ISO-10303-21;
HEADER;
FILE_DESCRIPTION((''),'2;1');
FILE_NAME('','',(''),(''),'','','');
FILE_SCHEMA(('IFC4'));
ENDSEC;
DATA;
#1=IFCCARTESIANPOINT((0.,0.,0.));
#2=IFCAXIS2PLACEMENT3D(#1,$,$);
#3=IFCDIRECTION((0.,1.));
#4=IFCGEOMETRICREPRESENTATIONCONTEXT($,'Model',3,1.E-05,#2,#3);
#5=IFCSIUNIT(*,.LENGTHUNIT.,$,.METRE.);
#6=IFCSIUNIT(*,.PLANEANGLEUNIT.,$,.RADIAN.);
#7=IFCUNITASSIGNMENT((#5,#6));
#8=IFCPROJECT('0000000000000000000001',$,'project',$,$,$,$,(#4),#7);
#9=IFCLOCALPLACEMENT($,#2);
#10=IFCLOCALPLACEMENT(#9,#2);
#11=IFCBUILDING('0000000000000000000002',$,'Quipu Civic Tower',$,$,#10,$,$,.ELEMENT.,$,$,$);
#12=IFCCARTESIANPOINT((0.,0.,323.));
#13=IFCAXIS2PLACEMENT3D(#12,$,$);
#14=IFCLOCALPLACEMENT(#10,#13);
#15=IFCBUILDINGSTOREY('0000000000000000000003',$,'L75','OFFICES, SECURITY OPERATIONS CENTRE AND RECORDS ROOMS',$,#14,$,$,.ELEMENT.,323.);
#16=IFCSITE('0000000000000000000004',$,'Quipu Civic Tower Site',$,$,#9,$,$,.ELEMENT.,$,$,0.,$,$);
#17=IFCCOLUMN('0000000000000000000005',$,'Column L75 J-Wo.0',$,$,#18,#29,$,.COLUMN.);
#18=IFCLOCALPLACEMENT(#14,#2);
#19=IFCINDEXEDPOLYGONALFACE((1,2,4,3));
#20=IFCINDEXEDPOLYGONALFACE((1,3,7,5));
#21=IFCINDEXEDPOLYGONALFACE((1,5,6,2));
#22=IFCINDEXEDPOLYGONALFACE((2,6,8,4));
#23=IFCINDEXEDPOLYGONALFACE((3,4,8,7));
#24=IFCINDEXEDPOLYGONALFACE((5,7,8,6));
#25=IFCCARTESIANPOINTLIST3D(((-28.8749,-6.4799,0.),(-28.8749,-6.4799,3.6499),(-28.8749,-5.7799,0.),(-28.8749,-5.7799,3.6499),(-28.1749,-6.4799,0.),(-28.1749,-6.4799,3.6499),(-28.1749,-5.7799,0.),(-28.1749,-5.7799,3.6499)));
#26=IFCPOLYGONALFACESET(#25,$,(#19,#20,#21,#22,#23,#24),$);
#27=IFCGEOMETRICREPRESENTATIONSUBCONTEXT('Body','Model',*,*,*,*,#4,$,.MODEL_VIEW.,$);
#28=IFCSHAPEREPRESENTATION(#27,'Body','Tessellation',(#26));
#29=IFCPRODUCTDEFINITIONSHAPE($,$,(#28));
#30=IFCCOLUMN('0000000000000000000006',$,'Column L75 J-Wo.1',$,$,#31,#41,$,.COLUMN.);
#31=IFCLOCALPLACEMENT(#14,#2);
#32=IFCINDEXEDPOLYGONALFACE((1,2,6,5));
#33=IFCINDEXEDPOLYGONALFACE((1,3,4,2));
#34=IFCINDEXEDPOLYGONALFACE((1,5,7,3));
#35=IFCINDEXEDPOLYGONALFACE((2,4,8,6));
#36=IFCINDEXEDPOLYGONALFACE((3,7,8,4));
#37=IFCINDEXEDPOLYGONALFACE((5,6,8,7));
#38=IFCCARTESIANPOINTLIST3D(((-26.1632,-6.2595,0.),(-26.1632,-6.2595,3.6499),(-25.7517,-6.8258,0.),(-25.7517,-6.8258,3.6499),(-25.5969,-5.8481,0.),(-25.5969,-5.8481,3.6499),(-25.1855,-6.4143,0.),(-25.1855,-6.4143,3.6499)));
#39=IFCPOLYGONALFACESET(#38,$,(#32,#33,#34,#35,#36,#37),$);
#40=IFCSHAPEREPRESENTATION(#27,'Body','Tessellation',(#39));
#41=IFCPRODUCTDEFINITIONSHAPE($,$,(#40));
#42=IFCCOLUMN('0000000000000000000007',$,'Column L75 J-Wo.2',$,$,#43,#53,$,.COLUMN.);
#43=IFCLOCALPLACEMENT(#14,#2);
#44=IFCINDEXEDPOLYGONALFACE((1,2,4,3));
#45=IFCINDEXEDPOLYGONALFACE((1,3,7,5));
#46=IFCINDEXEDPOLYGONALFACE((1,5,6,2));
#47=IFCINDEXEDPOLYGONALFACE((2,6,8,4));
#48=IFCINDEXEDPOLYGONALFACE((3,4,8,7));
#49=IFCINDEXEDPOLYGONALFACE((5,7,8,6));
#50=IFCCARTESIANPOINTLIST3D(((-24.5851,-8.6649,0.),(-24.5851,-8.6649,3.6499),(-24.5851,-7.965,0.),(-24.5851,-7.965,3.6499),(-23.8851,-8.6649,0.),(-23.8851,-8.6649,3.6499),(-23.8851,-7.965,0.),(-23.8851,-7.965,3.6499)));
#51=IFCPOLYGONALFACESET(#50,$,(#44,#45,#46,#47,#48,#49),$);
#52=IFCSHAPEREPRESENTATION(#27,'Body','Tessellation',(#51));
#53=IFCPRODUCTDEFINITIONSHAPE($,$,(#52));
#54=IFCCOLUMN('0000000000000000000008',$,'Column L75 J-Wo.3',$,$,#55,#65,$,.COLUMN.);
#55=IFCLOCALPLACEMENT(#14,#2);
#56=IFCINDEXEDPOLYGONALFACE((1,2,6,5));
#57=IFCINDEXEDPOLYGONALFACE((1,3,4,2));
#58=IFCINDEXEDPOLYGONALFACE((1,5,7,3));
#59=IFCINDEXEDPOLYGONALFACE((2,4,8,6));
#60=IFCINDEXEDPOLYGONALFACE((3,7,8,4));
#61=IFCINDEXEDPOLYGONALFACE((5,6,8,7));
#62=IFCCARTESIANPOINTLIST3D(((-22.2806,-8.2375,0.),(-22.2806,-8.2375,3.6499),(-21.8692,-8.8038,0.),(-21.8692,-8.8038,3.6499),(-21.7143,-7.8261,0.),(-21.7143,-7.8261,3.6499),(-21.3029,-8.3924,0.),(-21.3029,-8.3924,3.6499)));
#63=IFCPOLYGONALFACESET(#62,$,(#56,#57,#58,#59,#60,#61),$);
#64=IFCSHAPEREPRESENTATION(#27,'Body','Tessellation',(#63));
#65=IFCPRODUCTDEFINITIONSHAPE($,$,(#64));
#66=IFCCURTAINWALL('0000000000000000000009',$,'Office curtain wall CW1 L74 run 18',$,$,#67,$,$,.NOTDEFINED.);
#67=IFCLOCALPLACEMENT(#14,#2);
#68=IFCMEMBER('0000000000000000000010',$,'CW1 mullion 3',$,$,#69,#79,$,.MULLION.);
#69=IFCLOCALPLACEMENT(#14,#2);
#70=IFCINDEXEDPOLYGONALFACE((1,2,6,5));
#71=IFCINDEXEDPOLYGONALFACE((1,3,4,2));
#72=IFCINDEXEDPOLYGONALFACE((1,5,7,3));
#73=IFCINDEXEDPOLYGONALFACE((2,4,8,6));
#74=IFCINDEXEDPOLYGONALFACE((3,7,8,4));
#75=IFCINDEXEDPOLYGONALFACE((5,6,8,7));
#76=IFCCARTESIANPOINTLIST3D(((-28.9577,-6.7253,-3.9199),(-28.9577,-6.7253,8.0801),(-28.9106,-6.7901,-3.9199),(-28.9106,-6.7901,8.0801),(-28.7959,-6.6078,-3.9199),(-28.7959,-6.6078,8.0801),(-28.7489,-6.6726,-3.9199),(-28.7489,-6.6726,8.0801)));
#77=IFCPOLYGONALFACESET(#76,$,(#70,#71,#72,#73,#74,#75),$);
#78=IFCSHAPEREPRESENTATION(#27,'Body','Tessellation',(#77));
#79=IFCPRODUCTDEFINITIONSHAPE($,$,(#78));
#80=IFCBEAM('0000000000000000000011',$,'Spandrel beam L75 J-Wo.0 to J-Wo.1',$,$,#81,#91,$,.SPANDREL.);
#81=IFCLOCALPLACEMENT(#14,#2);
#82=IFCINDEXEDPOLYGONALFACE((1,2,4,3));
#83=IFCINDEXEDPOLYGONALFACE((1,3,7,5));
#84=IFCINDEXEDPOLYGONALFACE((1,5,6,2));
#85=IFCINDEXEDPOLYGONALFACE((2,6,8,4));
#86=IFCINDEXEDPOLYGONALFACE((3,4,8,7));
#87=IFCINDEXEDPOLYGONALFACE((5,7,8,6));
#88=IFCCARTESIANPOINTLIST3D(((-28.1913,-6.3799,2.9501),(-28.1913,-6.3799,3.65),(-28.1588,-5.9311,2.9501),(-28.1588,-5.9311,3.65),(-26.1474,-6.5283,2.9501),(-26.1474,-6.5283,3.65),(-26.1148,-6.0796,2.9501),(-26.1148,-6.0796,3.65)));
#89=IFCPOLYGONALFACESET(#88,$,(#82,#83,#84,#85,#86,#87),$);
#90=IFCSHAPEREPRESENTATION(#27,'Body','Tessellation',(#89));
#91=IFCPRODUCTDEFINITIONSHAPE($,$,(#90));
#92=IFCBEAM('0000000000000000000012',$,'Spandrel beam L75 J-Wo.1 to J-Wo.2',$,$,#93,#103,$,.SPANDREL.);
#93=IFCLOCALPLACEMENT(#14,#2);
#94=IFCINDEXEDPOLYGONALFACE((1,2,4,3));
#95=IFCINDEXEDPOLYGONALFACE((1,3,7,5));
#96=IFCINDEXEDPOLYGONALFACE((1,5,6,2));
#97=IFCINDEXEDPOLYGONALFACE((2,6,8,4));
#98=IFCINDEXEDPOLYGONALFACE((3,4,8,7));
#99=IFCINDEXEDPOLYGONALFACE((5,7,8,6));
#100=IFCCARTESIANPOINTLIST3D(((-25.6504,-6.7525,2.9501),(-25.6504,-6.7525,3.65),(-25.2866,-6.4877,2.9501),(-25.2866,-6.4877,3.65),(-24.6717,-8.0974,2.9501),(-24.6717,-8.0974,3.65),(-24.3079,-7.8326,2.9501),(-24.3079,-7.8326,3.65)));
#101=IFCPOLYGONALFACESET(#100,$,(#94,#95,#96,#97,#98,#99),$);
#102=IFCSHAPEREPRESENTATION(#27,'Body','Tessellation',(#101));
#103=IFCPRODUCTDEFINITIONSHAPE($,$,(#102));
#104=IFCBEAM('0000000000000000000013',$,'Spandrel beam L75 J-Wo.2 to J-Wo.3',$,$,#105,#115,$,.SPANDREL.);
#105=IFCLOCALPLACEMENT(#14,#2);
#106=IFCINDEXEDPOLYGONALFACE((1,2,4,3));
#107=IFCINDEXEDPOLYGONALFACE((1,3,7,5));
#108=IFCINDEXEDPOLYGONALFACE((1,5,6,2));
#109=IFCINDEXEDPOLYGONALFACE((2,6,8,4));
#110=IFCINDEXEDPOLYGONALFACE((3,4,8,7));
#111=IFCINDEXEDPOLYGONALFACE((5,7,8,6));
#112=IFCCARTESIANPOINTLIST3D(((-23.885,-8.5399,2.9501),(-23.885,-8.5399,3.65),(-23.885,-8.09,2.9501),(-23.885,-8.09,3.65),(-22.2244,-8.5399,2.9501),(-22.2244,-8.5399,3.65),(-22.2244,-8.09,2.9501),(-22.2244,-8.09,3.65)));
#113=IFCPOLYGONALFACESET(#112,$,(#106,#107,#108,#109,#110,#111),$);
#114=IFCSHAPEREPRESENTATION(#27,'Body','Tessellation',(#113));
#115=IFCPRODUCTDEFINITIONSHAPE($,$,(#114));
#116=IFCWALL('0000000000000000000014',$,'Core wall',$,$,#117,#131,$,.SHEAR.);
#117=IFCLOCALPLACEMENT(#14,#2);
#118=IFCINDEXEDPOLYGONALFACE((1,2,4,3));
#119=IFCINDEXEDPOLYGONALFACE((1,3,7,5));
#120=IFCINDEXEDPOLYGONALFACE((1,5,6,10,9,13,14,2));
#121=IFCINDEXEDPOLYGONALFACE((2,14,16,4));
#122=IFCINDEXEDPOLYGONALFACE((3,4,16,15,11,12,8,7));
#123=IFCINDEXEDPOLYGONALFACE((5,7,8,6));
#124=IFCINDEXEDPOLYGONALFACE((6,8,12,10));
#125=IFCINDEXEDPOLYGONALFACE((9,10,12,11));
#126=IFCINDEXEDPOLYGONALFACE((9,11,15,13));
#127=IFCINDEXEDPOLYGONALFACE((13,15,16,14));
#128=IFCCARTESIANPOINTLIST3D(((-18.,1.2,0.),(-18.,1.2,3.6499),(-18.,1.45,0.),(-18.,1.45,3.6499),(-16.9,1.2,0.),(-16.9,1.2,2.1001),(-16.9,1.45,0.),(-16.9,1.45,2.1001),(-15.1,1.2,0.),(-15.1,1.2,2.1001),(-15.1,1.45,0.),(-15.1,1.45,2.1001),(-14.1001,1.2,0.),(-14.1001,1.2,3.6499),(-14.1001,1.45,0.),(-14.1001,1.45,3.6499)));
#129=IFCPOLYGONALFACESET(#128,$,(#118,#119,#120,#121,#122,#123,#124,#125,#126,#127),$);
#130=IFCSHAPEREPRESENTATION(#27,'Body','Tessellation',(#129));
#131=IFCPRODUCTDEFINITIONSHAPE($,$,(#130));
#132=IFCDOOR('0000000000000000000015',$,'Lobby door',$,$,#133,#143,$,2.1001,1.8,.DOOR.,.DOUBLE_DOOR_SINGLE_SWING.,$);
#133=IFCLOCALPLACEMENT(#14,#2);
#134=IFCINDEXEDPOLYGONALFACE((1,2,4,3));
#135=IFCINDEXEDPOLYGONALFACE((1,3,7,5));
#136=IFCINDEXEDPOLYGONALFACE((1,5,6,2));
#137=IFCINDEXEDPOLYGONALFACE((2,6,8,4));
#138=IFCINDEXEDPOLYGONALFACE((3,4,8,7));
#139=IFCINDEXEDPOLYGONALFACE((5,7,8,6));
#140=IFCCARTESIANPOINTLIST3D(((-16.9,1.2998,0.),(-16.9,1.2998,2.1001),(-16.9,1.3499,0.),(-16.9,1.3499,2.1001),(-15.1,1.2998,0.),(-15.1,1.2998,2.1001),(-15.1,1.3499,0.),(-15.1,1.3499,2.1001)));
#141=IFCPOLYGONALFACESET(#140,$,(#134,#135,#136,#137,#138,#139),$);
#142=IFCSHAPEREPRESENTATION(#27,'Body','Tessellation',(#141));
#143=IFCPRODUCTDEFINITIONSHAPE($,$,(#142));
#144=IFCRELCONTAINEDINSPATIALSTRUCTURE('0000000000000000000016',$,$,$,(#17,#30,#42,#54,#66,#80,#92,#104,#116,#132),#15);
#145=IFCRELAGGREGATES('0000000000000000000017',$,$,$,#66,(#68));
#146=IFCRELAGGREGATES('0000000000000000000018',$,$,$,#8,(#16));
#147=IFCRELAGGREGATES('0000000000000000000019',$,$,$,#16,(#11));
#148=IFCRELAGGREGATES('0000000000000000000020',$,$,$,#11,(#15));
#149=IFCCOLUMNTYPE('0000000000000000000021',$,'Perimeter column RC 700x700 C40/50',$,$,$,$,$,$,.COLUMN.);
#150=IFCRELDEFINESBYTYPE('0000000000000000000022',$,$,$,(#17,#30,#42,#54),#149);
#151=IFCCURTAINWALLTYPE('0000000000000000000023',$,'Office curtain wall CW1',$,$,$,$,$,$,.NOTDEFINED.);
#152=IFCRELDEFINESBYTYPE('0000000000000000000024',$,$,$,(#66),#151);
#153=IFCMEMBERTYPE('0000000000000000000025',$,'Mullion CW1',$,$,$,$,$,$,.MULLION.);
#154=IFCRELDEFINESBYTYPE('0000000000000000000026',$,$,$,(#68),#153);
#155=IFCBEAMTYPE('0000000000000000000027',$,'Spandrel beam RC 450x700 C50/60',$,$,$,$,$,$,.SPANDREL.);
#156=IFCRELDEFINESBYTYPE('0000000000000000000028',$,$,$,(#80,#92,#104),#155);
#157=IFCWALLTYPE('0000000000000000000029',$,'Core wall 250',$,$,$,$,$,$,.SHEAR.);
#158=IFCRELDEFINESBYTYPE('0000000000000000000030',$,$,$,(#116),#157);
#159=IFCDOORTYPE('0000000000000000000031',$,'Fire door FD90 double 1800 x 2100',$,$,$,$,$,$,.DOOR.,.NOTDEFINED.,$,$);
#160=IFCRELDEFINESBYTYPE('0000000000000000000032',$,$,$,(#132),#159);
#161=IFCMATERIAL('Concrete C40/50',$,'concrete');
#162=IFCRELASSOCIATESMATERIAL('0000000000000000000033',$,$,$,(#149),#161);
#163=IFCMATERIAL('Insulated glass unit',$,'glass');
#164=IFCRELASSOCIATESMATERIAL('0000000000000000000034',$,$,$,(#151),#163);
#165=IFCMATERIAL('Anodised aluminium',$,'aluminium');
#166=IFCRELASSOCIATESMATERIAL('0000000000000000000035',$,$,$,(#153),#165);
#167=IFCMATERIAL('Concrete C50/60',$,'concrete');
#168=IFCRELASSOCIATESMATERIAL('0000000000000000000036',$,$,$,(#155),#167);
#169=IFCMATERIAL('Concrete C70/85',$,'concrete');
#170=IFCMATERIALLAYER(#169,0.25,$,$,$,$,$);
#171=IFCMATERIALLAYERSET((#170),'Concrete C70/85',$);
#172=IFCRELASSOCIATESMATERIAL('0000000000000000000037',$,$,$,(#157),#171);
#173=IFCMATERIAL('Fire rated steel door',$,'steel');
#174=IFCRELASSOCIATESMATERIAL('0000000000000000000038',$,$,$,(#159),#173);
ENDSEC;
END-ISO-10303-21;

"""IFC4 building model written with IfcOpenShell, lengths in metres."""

from ifc_helpers import new_model, si_unit, direction, frame, frame_2d, origin, origin_2d, place, context, subcontext, project, spatial, rectangle, extrude, material, layer, layer_set, material_profile, profile_set, type_object, element, fill, aggregate, save


model = new_model("IFC4")

# Units and contexts
model_context = context("Model", 3, precision=1e-05, world=origin(), true_north=direction((0.0, 1.0)))
body_context = subcontext(model_context, "Body", "Model", "MODEL_VIEW")
ifc_project = project(units=[si_unit("LENGTHUNIT", "METRE"), si_unit("PLANEANGLEUNIT", "RADIAN")], contexts=[model_context])

# Site, building, storey
site_placement = place(None, origin())
site = spatial("IfcSite", under=ifc_project, at=site_placement, Name="Quipu Civic Tower Site", CompositionType="ELEMENT", RefElevation=0.0)
building_placement = place(site_placement, origin())
building = spatial("IfcBuilding", under=site, at=building_placement, Name="Quipu Civic Tower", CompositionType="ELEMENT")
storey_placement = place(building_placement, frame((0.0, 0.0, 323.0)))
storey = spatial("IfcBuildingStorey", under=building, at=storey_placement, Name="L75", Description="OFFICES, SECURITY OPERATIONS CENTRE AND RECORDS ROOMS", CompositionType="ELEMENT", Elevation=323.0)

# Columns
ifc_material_1 = material(Name="Concrete C40/50", Category="concrete")
ifc_material_profile_1 = material_profile(ifc_material_1, rectangle(XDim=0.7, YDim=0.7, at=origin_2d()), Name="RC700x700")
ifc_profile_set_1 = profile_set([ifc_material_profile_1], Name="Concrete C40/50")
column_type = type_object("IfcColumnType", Name="Perimeter column RC 700x700 C40/50", PredefinedType="COLUMN", material=ifc_profile_set_1)
for number, where, z_axis, x_axis, name in (
    (1, (-28.5249, -6.1299, 0.0), (0.0, 0.0, 1.0), (1.0, 0.0, 0.0), "Column L75 J-Wo.0"),
    (2, (-25.6743, -6.3369, 0.0), (0.0, 0.0, 1.0), (0.587785, -0.809017, 0.0), "Column L75 J-Wo.1"),
    (3, (-24.2351, -8.3149, 0.0), (0.0, 0.0, 1.0), (1.0, 0.0, 0.0), "Column L75 J-Wo.2"),
    (4, (-21.7917, -8.3149, 0.0), (0.0, 0.0, 1.0), (0.587785, -0.809017, 0.0), "Column L75 J-Wo.3"),
):
    element("IfcColumn", number, at=place(storey_placement, frame(where, z_axis=z_axis, x_axis=x_axis)), inside=storey, type_object=column_type, Name=name, PredefinedType="COLUMN", context=body_context, shape_type="SweptSolid", body=[
        extrude(rectangle(XDim=0.7, YDim=0.7, at=origin_2d()), origin(), (0.0, 0.0, 1.0), 3.6499),
    ])

# Curtain wall, member
ifc_material_2 = material(Name="Insulated glass unit", Category="glass")
curtain_wall_type = type_object("IfcCurtainWallType", Name="Office curtain wall CW1", PredefinedType="NOTDEFINED", material=ifc_material_2)
curtain_wall_placement = place(storey_placement, origin())
curtain_wall = element("IfcCurtainWall", 5, at=curtain_wall_placement, inside=storey, type_object=curtain_wall_type, Name="Office curtain wall CW1 L74 run 18", PredefinedType="NOTDEFINED")
ifc_material_3 = material(Name="Anodised aluminium", Category="aluminium")
ifc_material_profile_2 = material_profile(ifc_material_3, rectangle(XDim=0.2, YDim=0.0801, at=origin_2d()), Name="RECT 200x80")
ifc_profile_set_2 = profile_set([ifc_material_profile_2], Name="Anodised aluminium")
member_type = type_object("IfcMemberType", Name="Mullion CW1", PredefinedType="MULLION", material=ifc_profile_set_2)
member_placement = place(storey_placement, frame((-28.8533, -6.699, -3.9199), z_axis=(0.0, 0.0, 1.0), x_axis=(0.809016, 0.587786, 0.0)))
member = element("IfcMember", 6, at=member_placement, type_object=member_type, Name="CW1 mullion 3", PredefinedType="MULLION", context=body_context, shape_type="SweptSolid", body=[
    extrude(rectangle(XDim=0.2, YDim=0.0801, at=origin_2d()), origin(), (0.0, 0.0, 1.0), 12.0),
])
aggregate(curtain_wall, [member])

# Beams
ifc_material_4 = material(Name="Concrete C50/60", Category="concrete")
ifc_material_profile_3 = material_profile(ifc_material_4, rectangle(XDim=0.45, YDim=0.7, at=origin_2d()), Name="RC450x700")
ifc_profile_set_3 = profile_set([ifc_material_profile_3], Name="Concrete C50/60")
beam_type = type_object("IfcBeamType", Name="Spandrel beam RC 450x700 C50/60", PredefinedType="SPANDREL", material=ifc_profile_set_3)
beam_1_placement = place(storey_placement, frame((-28.175, -6.1555, 3.3), z_axis=(0.997373, -0.072432, 0.0), x_axis=(0.072432, 0.997373, 0.0)))
element("IfcBeam", 7, at=beam_1_placement, inside=storey, type_object=beam_type, Name="Spandrel beam L75 J-Wo.0 to J-Wo.1", PredefinedType="SPANDREL", context=body_context, shape_type="SweptSolid", body=[
    extrude(rectangle(XDim=0.45, YDim=0.7, at=origin_2d()), origin(), (0.0, 0.0, 1.0), 2.0493),
])
beam_2_placement = place(storey_placement, frame((-25.4685, -6.6201, 3.3), z_axis=(0.588407, -0.808565, 0.0), x_axis=(0.808565, 0.588407, 0.0)))
element("IfcBeam", 8, at=beam_2_placement, inside=storey, type_object=beam_type, Name="Spandrel beam L75 J-Wo.1 to J-Wo.2", PredefinedType="SPANDREL", context=body_context, shape_type="SweptSolid", body=[
    extrude(rectangle(XDim=0.45, YDim=0.7, at=origin_2d()), origin(), (0.0, 0.0, 1.0), 1.6633),
])
beam_3_placement = place(storey_placement, frame((-23.885, -8.3149, 3.3), z_axis=(1.0, 0.0, 0.0), x_axis=(0.0, 1.0, 0.0)))
element("IfcBeam", 9, at=beam_3_placement, inside=storey, type_object=beam_type, Name="Spandrel beam L75 J-Wo.2 to J-Wo.3", PredefinedType="SPANDREL", context=body_context, shape_type="SweptSolid", body=[
    extrude(rectangle(XDim=0.45, YDim=0.7, at=origin_2d()), origin(), (0.0, 0.0, 1.0), 1.6606),
])

# Wall, opening, door
ifc_material_5 = material(Name="Concrete C70/85", Category="concrete")
ifc_layer_1 = layer(ifc_material_5, 0.25)
ifc_layer_set_1 = layer_set([ifc_layer_1], Name="Concrete C70/85")
wall_type_1 = type_object("IfcWallType", Name="Core wall 250", PredefinedType="SHEAR", material=ifc_layer_set_1)
wall_1_placement = place(storey_placement, frame((-18.0, 1.325, 0.0), z_axis=(0.0, 0.0, 1.0), x_axis=(1.0, 0.0, 0.0)))
wall_1 = element("IfcWall", 10, at=wall_1_placement, inside=storey, type_object=wall_type_1, Name="Core wall", PredefinedType="SHEAR", context=body_context, shape_type="SweptSolid", body=[
    extrude(rectangle(XDim=3.8999, YDim=0.25, at=frame_2d((1.95, 0.0))), origin(), (0.0, 0.0, 1.0), 3.6499),
])
opening_1_placement = place(wall_1_placement, frame((1.1001, 0.0, 0.0)))
opening_1 = element("IfcOpeningElement", 11, at=opening_1_placement, cuts=wall_1, PredefinedType="OPENING", context=body_context, shape_type="SweptSolid", body=[
    extrude(rectangle(XDim=1.8, YDim=2.1001, at=frame_2d((0.8999, 1.05))), frame((0.0, 0.135, 0.0), z_axis=(0.0, -1.0, 0.0), x_axis=(1.0, 0.0, 0.0)), (0.0, 0.0, 1.0), 0.27),
])
ifc_material_6 = material(Name="Fire rated steel door", Category="steel")
door_type_1 = type_object("IfcDoorType", Name="Fire door FD90 double 1800 x 2100", OperationType="NOTDEFINED", PredefinedType="DOOR", material=ifc_material_6)
door_1_placement = place(opening_1_placement, origin())
door_1 = element("IfcDoor", 12, at=door_1_placement, inside=storey, type_object=door_type_1, Name="Lobby door", OperationType="DOUBLE_DOOR_SINGLE_SWING", OverallHeight=2.1001, OverallWidth=1.8, PredefinedType="DOOR", context=body_context, shape_type="SweptSolid", body=[
    extrude(rectangle(XDim=1.8, YDim=2.1001, at=frame_2d((0.8999, 1.05))), frame((0.0, 0.0249, 0.0), z_axis=(0.0, -1.0, 0.0), x_axis=(1.0, 0.0, 0.0)), (0.0, 0.0, 1.0), 0.05),
])
fill(opening_1, door_1)

save(model, "model.ifc")
